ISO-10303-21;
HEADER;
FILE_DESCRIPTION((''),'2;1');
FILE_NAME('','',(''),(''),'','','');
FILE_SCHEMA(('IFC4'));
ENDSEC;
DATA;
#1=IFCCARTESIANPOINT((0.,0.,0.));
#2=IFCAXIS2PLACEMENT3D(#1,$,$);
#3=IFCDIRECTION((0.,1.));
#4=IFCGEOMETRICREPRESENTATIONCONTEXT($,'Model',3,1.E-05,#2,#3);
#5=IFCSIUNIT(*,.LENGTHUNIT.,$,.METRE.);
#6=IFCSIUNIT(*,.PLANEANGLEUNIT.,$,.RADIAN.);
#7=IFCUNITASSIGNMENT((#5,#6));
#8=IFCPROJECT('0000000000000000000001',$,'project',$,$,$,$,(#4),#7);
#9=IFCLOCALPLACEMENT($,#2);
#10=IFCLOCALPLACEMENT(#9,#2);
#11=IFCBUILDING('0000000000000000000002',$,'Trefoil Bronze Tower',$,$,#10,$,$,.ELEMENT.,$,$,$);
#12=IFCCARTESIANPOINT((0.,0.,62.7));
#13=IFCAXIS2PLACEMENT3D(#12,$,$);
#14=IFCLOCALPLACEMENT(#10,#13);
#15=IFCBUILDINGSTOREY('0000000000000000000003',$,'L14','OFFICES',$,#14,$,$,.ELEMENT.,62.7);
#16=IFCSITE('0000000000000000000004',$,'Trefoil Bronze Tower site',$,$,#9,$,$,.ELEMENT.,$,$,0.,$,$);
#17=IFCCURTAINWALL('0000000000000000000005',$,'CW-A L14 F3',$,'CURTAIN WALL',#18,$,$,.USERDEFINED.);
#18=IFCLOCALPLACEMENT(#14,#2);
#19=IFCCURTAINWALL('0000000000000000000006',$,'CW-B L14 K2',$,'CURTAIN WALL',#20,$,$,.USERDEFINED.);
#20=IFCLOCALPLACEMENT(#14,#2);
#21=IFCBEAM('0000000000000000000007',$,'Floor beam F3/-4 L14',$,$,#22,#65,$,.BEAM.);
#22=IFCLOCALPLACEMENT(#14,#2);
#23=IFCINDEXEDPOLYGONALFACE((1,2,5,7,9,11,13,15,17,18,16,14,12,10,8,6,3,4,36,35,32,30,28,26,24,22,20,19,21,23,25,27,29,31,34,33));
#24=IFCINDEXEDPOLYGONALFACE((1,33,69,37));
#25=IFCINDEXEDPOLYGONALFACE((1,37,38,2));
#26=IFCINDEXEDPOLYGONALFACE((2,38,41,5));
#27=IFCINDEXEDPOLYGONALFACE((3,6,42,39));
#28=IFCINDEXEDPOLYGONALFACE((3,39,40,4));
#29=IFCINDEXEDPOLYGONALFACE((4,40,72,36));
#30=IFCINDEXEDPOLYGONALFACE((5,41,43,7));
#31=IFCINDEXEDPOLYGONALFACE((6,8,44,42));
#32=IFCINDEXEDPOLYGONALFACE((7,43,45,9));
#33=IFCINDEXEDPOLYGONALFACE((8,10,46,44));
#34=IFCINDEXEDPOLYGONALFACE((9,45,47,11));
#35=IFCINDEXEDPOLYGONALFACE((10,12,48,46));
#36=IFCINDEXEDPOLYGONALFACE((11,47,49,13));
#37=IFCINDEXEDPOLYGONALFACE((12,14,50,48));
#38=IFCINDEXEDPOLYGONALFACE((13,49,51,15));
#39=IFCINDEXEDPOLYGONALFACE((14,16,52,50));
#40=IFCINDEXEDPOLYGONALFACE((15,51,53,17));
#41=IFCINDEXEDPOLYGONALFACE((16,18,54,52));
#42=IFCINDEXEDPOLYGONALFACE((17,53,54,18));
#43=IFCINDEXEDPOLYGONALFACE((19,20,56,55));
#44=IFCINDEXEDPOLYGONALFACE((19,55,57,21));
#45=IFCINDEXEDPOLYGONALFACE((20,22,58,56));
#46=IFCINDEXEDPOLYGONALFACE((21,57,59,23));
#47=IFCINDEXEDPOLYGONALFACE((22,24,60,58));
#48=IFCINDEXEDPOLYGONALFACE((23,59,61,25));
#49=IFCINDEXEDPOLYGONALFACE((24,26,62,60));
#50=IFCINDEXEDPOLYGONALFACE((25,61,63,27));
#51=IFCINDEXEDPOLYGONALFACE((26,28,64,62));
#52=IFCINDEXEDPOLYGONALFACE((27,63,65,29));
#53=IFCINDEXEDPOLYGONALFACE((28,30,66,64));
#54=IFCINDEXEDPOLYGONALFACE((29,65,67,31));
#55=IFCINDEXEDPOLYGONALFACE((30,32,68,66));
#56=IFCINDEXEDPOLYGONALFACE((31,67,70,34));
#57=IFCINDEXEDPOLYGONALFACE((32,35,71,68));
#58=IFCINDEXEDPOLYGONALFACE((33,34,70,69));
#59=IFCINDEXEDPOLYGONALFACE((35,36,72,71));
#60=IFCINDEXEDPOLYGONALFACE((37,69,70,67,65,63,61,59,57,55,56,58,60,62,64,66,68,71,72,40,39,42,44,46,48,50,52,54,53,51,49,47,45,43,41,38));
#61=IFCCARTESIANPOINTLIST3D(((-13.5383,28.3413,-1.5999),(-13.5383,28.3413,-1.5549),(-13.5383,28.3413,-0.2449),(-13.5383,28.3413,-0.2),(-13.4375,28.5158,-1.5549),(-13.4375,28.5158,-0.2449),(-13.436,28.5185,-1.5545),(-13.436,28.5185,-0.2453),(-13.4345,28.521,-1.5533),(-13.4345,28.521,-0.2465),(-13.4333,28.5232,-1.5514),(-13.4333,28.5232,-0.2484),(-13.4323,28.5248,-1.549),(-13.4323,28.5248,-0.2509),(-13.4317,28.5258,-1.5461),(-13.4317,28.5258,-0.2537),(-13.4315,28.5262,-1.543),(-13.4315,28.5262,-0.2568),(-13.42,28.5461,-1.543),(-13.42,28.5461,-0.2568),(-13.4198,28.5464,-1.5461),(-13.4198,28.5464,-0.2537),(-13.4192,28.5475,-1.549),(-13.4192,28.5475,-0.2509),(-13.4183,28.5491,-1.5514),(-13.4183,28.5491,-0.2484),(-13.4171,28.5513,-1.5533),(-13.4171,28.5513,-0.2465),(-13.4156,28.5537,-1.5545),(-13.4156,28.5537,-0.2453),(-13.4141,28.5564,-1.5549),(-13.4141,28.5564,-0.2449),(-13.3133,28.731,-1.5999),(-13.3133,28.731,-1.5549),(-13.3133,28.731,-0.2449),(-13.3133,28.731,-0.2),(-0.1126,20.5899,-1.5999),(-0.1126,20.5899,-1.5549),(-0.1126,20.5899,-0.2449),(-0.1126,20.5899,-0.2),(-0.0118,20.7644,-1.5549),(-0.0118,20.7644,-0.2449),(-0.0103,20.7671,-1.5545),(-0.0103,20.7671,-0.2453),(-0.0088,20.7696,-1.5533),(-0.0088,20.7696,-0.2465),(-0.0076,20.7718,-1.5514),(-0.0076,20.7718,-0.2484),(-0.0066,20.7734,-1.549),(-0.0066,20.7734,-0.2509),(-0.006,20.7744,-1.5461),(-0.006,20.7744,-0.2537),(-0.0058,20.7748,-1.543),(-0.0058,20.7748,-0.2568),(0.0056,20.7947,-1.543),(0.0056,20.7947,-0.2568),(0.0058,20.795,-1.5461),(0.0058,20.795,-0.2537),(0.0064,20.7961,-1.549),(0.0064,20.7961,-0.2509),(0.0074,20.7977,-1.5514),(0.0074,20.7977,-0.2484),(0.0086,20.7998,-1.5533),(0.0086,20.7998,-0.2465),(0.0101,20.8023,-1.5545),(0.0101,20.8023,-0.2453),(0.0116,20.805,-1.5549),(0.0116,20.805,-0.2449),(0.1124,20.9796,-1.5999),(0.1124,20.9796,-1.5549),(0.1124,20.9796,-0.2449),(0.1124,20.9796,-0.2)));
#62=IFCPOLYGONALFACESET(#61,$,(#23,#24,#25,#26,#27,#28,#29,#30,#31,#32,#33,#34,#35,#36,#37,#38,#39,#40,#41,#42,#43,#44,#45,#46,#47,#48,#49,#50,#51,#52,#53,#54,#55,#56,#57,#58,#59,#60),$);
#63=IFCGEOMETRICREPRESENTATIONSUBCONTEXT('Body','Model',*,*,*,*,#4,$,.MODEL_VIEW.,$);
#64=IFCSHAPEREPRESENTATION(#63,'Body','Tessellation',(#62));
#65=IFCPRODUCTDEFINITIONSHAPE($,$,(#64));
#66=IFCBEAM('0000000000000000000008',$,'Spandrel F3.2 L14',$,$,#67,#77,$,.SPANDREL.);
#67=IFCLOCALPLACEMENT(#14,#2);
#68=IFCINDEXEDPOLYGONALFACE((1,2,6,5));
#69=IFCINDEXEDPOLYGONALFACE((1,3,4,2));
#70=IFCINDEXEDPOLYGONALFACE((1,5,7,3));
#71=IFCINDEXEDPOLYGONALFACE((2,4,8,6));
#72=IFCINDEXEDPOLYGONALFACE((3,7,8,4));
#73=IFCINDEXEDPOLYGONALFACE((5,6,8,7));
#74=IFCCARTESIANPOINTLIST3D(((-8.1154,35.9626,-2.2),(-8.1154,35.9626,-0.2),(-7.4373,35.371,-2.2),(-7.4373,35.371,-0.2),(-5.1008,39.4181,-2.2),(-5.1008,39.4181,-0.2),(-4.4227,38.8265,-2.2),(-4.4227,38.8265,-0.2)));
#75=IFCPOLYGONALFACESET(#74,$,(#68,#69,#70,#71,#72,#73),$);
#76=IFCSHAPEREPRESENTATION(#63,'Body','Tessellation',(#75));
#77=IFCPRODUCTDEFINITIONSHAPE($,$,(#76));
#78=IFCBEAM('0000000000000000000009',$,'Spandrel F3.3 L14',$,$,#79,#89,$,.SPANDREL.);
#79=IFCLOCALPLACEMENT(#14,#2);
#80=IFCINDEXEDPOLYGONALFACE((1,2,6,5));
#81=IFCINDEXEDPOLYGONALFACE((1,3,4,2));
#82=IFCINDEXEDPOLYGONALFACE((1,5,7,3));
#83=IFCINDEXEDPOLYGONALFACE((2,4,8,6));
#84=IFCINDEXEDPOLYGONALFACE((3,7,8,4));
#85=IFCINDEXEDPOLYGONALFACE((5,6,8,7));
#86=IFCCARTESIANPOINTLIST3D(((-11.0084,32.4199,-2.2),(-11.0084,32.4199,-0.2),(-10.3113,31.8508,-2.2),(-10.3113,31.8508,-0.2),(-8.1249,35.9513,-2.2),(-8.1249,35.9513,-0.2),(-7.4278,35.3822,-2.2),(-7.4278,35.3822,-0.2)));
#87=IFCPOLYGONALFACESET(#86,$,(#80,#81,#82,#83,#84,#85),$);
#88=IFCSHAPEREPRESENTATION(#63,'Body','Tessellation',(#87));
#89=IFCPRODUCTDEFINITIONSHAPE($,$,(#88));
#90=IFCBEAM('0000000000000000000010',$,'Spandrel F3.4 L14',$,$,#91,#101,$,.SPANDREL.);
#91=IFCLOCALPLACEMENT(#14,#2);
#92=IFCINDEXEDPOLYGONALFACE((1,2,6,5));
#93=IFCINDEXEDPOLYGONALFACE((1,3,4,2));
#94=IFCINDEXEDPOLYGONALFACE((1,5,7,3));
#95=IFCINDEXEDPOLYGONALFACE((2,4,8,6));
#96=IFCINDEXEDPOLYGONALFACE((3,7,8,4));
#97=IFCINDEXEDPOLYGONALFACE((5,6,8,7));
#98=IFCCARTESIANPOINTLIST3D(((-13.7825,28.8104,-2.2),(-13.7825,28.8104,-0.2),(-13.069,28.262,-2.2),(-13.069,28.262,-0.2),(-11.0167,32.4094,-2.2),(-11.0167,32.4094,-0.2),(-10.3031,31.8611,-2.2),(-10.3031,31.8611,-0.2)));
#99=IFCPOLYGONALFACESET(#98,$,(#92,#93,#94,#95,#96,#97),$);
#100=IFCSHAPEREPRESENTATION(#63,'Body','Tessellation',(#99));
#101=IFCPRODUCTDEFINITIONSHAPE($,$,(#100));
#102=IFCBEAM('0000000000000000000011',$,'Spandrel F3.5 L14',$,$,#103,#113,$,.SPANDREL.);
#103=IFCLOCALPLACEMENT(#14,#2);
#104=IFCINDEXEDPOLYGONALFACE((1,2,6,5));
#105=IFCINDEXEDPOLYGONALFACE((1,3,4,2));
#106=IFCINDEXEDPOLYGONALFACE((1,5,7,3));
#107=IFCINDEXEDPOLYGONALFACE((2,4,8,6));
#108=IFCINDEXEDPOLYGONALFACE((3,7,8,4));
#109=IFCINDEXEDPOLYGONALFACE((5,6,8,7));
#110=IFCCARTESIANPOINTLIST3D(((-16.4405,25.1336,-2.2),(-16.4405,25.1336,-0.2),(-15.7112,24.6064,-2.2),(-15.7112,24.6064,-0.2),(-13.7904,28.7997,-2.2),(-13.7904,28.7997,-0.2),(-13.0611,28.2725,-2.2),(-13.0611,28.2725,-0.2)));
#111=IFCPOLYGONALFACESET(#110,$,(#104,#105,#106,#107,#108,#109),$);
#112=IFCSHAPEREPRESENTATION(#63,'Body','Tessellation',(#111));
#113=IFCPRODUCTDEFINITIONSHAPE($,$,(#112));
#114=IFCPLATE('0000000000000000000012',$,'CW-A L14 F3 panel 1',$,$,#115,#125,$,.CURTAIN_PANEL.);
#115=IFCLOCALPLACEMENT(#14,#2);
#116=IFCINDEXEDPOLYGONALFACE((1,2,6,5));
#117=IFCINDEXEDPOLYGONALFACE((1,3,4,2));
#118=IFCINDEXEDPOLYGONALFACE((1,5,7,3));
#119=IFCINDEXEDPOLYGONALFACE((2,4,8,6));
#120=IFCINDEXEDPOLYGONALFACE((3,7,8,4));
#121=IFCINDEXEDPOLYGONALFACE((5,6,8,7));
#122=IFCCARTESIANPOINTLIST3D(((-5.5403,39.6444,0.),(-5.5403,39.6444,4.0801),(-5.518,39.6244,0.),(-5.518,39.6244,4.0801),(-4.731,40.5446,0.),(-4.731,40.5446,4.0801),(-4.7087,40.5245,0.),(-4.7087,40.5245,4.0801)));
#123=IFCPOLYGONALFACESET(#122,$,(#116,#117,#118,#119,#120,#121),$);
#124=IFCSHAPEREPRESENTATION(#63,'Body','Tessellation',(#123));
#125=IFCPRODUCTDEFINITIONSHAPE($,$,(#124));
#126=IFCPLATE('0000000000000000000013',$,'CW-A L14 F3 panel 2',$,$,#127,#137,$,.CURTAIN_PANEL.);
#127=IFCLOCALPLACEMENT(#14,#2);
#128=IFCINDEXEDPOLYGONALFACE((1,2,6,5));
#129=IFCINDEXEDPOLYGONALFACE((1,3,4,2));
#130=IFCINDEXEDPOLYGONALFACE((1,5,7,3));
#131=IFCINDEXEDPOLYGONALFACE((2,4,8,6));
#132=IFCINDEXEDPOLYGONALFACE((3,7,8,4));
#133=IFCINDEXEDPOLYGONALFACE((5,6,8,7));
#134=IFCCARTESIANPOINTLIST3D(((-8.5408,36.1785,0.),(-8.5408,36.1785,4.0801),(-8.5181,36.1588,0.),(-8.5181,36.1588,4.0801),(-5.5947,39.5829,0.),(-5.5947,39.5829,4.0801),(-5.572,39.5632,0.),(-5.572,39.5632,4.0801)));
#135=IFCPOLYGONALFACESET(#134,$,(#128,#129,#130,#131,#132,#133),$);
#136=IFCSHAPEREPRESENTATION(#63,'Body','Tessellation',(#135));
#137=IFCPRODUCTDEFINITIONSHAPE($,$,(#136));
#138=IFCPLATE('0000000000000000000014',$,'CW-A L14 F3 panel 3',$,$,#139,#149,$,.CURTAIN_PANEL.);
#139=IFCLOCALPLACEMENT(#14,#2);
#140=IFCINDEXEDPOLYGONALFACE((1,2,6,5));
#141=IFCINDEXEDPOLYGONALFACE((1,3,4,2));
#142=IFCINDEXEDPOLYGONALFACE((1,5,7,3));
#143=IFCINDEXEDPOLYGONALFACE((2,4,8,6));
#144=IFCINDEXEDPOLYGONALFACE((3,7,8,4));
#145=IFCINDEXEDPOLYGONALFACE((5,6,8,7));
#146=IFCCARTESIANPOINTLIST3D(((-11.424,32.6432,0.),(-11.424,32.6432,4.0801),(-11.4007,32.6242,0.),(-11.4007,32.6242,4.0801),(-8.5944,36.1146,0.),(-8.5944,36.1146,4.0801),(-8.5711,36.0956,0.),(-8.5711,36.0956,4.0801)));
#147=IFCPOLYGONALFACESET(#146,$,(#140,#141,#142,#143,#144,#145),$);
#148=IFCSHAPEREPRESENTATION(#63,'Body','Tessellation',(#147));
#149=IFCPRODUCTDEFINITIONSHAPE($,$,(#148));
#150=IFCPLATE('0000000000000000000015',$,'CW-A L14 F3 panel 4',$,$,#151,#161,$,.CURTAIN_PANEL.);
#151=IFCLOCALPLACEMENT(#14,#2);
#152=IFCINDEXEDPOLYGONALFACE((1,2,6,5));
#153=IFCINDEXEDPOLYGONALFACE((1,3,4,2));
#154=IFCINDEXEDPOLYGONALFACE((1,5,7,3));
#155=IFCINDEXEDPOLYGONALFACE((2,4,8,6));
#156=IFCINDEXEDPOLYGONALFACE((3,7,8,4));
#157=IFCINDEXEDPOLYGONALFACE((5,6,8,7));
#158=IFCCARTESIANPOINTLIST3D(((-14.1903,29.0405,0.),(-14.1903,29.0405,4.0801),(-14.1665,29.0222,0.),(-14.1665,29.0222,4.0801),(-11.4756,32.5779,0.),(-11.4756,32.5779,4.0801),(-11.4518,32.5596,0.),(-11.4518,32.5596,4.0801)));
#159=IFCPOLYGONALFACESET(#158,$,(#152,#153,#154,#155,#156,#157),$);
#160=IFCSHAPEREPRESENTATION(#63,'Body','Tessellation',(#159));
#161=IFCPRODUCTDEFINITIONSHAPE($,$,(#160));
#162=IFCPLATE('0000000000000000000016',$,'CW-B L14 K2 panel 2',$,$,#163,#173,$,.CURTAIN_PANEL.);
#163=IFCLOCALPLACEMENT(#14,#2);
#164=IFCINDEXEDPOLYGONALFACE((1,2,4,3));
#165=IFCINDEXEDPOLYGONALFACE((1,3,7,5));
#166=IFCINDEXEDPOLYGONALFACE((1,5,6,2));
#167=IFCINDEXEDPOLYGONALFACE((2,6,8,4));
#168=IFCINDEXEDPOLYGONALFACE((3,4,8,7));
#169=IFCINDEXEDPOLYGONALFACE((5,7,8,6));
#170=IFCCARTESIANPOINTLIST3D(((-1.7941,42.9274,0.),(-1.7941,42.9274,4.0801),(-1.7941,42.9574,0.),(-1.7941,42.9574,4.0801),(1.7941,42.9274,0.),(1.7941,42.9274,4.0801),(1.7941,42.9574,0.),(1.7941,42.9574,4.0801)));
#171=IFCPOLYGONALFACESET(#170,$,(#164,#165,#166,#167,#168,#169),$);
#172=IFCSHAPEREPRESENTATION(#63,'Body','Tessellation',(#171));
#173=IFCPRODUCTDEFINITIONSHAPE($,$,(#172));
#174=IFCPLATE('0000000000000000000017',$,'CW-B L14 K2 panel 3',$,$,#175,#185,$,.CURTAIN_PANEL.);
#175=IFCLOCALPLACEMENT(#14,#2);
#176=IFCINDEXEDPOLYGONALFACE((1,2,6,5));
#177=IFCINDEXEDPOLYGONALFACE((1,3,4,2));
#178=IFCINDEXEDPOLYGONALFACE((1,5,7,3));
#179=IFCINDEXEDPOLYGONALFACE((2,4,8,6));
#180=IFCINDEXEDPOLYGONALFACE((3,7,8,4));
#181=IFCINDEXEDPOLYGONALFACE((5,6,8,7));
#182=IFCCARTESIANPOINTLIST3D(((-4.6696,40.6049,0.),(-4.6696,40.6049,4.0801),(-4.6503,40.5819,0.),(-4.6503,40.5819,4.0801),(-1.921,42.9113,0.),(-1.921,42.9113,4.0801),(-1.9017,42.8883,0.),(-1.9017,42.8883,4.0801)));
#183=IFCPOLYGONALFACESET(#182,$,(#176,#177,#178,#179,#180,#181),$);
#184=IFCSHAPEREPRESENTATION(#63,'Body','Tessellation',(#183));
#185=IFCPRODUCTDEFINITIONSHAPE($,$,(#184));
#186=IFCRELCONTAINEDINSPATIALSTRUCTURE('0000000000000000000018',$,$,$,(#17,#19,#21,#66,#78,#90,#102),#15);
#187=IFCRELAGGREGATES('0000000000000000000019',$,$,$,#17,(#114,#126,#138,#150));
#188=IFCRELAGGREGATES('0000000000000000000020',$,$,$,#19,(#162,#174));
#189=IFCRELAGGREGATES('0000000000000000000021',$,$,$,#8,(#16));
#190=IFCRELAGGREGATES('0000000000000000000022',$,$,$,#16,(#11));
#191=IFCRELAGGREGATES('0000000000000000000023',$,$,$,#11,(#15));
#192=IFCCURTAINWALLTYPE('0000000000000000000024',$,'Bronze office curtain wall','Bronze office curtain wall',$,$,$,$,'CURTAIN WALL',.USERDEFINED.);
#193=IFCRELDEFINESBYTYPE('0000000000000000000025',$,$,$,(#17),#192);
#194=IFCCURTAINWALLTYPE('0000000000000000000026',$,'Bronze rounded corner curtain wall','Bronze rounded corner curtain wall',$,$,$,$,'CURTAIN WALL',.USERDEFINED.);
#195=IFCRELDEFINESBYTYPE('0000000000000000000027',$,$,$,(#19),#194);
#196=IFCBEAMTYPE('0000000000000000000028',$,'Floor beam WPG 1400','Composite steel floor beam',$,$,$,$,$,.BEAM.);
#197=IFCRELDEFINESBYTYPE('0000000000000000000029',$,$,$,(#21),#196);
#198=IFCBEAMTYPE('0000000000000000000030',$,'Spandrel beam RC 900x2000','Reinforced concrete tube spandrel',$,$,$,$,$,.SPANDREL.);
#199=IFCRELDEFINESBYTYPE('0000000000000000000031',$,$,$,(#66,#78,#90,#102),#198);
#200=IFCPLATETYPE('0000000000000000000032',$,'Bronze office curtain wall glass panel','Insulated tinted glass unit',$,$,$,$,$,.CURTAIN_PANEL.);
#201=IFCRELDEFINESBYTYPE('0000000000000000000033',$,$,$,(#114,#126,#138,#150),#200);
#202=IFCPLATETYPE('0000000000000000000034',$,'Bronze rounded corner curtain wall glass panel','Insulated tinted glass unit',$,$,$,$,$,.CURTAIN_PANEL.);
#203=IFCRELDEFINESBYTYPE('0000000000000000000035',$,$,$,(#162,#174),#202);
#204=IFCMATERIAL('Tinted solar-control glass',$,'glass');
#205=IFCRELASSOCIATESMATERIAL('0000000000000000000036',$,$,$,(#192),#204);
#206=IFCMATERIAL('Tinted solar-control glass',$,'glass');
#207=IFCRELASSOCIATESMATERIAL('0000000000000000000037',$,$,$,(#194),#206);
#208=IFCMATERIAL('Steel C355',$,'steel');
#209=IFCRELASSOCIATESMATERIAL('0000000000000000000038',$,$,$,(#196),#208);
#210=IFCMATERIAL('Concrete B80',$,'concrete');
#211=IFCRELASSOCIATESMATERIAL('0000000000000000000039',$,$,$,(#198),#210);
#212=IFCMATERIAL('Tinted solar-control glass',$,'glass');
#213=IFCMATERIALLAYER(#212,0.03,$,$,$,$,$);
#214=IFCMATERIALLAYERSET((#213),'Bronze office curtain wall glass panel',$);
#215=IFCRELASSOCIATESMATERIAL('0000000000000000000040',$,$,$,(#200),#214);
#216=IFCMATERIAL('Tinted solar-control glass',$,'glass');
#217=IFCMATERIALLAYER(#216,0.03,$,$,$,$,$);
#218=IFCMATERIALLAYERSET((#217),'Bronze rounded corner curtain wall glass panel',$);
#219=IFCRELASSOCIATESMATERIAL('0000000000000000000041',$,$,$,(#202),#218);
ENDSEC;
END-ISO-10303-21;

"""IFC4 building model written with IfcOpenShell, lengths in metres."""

from ifc_helpers import new_model, si_unit, direction, frame, origin, origin_2d, place, context, subcontext, project, spatial, rectangle, i_section, extrude, material, layer, layer_set, material_profile, profile_set, type_object, element, aggregate, save


model = new_model("IFC4")

# Units and contexts
model_context = context("Model", 3, precision=1e-05, world=origin(), true_north=direction((0.0, 1.0)))
body_context = subcontext(model_context, "Body", "Model", "MODEL_VIEW")
ifc_project = project(units=[si_unit("LENGTHUNIT", "METRE"), si_unit("PLANEANGLEUNIT", "RADIAN")], contexts=[model_context])

# Site, building, storey
site_placement = place(None, origin())
site = spatial("IfcSite", under=ifc_project, at=site_placement, Name="Trefoil Bronze Tower site", CompositionType="ELEMENT", RefElevation=0.0)
building_placement = place(site_placement, origin())
building = spatial("IfcBuilding", under=site, at=building_placement, Name="Trefoil Bronze Tower", CompositionType="ELEMENT")
storey_placement = place(building_placement, frame((0.0, 0.0, 62.7)))
storey = spatial("IfcBuildingStorey", under=building, at=storey_placement, Name="L14", Description="OFFICES", CompositionType="ELEMENT", Elevation=62.7)

# Curtain walls
ifc_material_1 = material(Name="Tinted solar-control glass", Category="glass")
curtain_wall_type_1 = type_object("IfcCurtainWallType", Name="Bronze office curtain wall", Description="Bronze office curtain wall", ElementType="CURTAIN WALL", PredefinedType="USERDEFINED", material=ifc_material_1)
curtain_wall_1_placement = place(storey_placement, origin())
curtain_wall_1 = element("IfcCurtainWall", 1, at=curtain_wall_1_placement, inside=storey, type_object=curtain_wall_type_1, Name="CW-A L14 F3", ObjectType="CURTAIN WALL", PredefinedType="USERDEFINED")
ifc_material_2 = material(Name="Tinted solar-control glass", Category="glass")
curtain_wall_type_2 = type_object("IfcCurtainWallType", Name="Bronze rounded corner curtain wall", Description="Bronze rounded corner curtain wall", ElementType="CURTAIN WALL", PredefinedType="USERDEFINED", material=ifc_material_2)
curtain_wall_2_placement = place(storey_placement, origin())
curtain_wall_2 = element("IfcCurtainWall", 2, at=curtain_wall_2_placement, inside=storey, type_object=curtain_wall_type_2, Name="CW-B L14 K2", ObjectType="CURTAIN WALL", PredefinedType="USERDEFINED")

# Beams
ifc_material_3 = material(Name="Steel C355", Category="steel")
ifc_material_profile_1 = material_profile(ifc_material_3, i_section(OverallWidth=0.45, OverallDepth=1.3999, WebThickness=0.0229, FlangeThickness=0.0449, FilletRadius=0.012, at=origin_2d()), Name="WPG 1400")
ifc_profile_set_1 = profile_set([ifc_material_profile_1], Name="Steel C355")
beam_type_1 = type_object("IfcBeamType", Name="Floor beam WPG 1400", Description="Composite steel floor beam", PredefinedType="BEAM", material=ifc_profile_set_1)
beam_1_placement = place(storey_placement, frame((-13.4258, 28.5361, -0.8999), z_axis=(0.866023, -0.500004, 0.0), x_axis=(0.500004, 0.866023, 0.0)))
element("IfcBeam", 3, at=beam_1_placement, inside=storey, type_object=beam_type_1, Name="Floor beam F3/-4 L14", PredefinedType="BEAM", context=body_context, shape_type="SweptSolid", body=[
    extrude(i_section(OverallWidth=0.45, OverallDepth=1.3999, WebThickness=0.0229, FlangeThickness=0.0449, FilletRadius=0.012, at=origin_2d()), origin(), (0.0, 0.0, 1.0), 15.5027),
])
ifc_material_4 = material(Name="Concrete B80", Category="concrete")
ifc_material_profile_2 = material_profile(ifc_material_4, rectangle(XDim=0.8999, YDim=2.0, at=origin_2d()), Name="RC 900x2000")
ifc_profile_set_2 = profile_set([ifc_material_profile_2], Name="Concrete B80")
beam_type_2 = type_object("IfcBeamType", Name="Spandrel beam RC 900x2000", Description="Reinforced concrete tube spandrel", PredefinedType="SPANDREL", material=ifc_profile_set_2)
beam_2_placement = place(storey_placement, frame((-4.7617, 39.1223, -1.2), z_axis=(-0.657396, -0.753545, 0.0), x_axis=(0.753545, -0.657396, 0.0)))
element("IfcBeam", 4, at=beam_2_placement, inside=storey, type_object=beam_type_2, Name="Spandrel F3.2 L14", PredefinedType="SPANDREL", context=body_context, shape_type="SweptSolid", body=[
    extrude(rectangle(XDim=0.8999, YDim=2.0, at=origin_2d()), origin(), (0.0, 0.0, 1.0), 4.5857),
])
beam_3_placement = place(storey_placement, frame((-7.7764, 35.6667, -1.2), z_axis=(-0.632468, -0.774587, 0.0), x_axis=(0.774587, -0.632468, 0.0)))
element("IfcBeam", 5, at=beam_3_placement, inside=storey, type_object=beam_type_2, Name="Spandrel F3.3 L14", PredefinedType="SPANDREL", context=body_context, shape_type="SweptSolid", body=[
    extrude(rectangle(XDim=0.8999, YDim=2.0, at=origin_2d()), origin(), (0.0, 0.0, 1.0), 4.5591),
])
beam_4_placement = place(storey_placement, frame((-10.6599, 32.1353, -1.2), z_axis=(-0.609339, -0.79291, 0.0), x_axis=(0.79291, -0.609339, 0.0)))
element("IfcBeam", 6, at=beam_4_placement, inside=storey, type_object=beam_type_2, Name="Spandrel F3.4 L14", PredefinedType="SPANDREL", context=body_context, shape_type="SweptSolid", body=[
    extrude(rectangle(XDim=0.8999, YDim=2.0, at=origin_2d()), origin(), (0.0, 0.0, 1.0), 4.5391),
])
beam_5_placement = place(storey_placement, frame((-13.4258, 28.5361, -1.2), z_axis=(-0.585824, -0.810439, 0.0), x_axis=(0.810439, -0.585824, 0.0)))
element("IfcBeam", 7, at=beam_5_placement, inside=storey, type_object=beam_type_2, Name="Spandrel F3.5 L14", PredefinedType="SPANDREL", context=body_context, shape_type="SweptSolid", body=[
    extrude(rectangle(XDim=0.8999, YDim=2.0, at=origin_2d()), origin(), (0.0, 0.0, 1.0), 4.5237),
])

# Plates
ifc_material_5 = material(Name="Tinted solar-control glass", Category="glass")
ifc_layer_1 = layer(ifc_material_5, 0.03)
ifc_layer_set_1 = layer_set([ifc_layer_1], Name="Bronze office curtain wall glass panel")
plate_type_1 = type_object("IfcPlateType", Name="Bronze office curtain wall glass panel", Description="Insulated tinted glass unit", PredefinedType="CURTAIN_PANEL", material=ifc_layer_set_1)
plate_1_placement = place(storey_placement, frame((-5.1245, 40.0845, 0.0), z_axis=(0.0, 0.0, 1.0), x_axis=(-0.668575, -0.743645, 0.0)))
plate_1 = element("IfcPlate", 8, at=plate_1_placement, type_object=plate_type_1, Name="CW-A L14 F3 panel 1", PredefinedType="CURTAIN_PANEL", context=body_context, shape_type="SweptSolid", body=[
    extrude(rectangle(XDim=1.2104, YDim=0.03, at=origin_2d()), origin(), (0.0, 0.0, 1.0), 4.0801),
])
plate_2_placement = place(storey_placement, frame((-7.0564, 37.8708, 0.0), z_axis=(0.0, 0.0, 1.0), x_axis=(-0.654376, -0.756169, 0.0)))
plate_2 = element("IfcPlate", 9, at=plate_2_placement, type_object=plate_type_1, Name="CW-A L14 F3 panel 2", PredefinedType="CURTAIN_PANEL", context=body_context, shape_type="SweptSolid", body=[
    extrude(rectangle(XDim=4.5022, YDim=0.03, at=origin_2d()), origin(), (0.0, 0.0, 1.0), 4.0801),
])
plate_3_placement = place(storey_placement, frame((-9.9976, 34.3694, 0.0), z_axis=(0.0, 0.0, 1.0), x_axis=(-0.631811, -0.775123, 0.0)))
plate_3 = element("IfcPlate", 10, at=plate_3_placement, type_object=plate_type_1, Name="CW-A L14 F3 panel 3", PredefinedType="CURTAIN_PANEL", context=body_context, shape_type="SweptSolid", body=[
    extrude(rectangle(XDim=4.4785, YDim=0.03, at=origin_2d()), origin(), (0.0, 0.0, 1.0), 4.0801),
])
plate_4_placement = place(storey_placement, frame((-12.821, 30.8, 0.0), z_axis=(0.0, 0.0, 1.0), x_axis=(-0.608808, -0.793318, 0.0)))
plate_4 = element("IfcPlate", 11, at=plate_4_placement, type_object=plate_type_1, Name="CW-A L14 F3 panel 4", PredefinedType="CURTAIN_PANEL", context=body_context, shape_type="SweptSolid", body=[
    extrude(rectangle(XDim=4.459, YDim=0.03, at=origin_2d()), origin(), (0.0, 0.0, 1.0), 4.0801),
])
aggregate(curtain_wall_1, [plate_1, plate_2, plate_3, plate_4])
ifc_material_6 = material(Name="Tinted solar-control glass", Category="glass")
ifc_layer_2 = layer(ifc_material_6, 0.03)
ifc_layer_set_2 = layer_set([ifc_layer_2], Name="Bronze rounded corner curtain wall glass panel")
plate_type_2 = type_object("IfcPlateType", Name="Bronze rounded corner curtain wall glass panel", Description="Insulated tinted glass unit", PredefinedType="CURTAIN_PANEL", material=ifc_layer_set_2)
plate_5_placement = place(storey_placement, frame((0.0, 42.9424, 0.0), z_axis=(0.0, 0.0, 1.0), x_axis=(-1.0, 0.0, 0.0)))
plate_5 = element("IfcPlate", 12, at=plate_5_placement, type_object=plate_type_2, Name="CW-B L14 K2 panel 2", PredefinedType="CURTAIN_PANEL", context=body_context, shape_type="SweptSolid", body=[
    extrude(rectangle(XDim=3.5881, YDim=0.03, at=origin_2d()), origin(), (0.0, 0.0, 1.0), 4.0801),
])
plate_6_placement = place(storey_placement, frame((-3.2856, 41.7466, 0.0), z_axis=(0.0, 0.0, 1.0), x_axis=(-0.766044, -0.642788, 0.0)))
plate_6 = element("IfcPlate", 13, at=plate_6_placement, type_object=plate_type_2, Name="CW-B L14 K2 panel 3", PredefinedType="CURTAIN_PANEL", context=body_context, shape_type="SweptSolid", body=[
    extrude(rectangle(XDim=3.5881, YDim=0.03, at=origin_2d()), origin(), (0.0, 0.0, 1.0), 4.0801),
])
aggregate(curtain_wall_2, [plate_5, plate_6])

save(model, "model.ifc")
